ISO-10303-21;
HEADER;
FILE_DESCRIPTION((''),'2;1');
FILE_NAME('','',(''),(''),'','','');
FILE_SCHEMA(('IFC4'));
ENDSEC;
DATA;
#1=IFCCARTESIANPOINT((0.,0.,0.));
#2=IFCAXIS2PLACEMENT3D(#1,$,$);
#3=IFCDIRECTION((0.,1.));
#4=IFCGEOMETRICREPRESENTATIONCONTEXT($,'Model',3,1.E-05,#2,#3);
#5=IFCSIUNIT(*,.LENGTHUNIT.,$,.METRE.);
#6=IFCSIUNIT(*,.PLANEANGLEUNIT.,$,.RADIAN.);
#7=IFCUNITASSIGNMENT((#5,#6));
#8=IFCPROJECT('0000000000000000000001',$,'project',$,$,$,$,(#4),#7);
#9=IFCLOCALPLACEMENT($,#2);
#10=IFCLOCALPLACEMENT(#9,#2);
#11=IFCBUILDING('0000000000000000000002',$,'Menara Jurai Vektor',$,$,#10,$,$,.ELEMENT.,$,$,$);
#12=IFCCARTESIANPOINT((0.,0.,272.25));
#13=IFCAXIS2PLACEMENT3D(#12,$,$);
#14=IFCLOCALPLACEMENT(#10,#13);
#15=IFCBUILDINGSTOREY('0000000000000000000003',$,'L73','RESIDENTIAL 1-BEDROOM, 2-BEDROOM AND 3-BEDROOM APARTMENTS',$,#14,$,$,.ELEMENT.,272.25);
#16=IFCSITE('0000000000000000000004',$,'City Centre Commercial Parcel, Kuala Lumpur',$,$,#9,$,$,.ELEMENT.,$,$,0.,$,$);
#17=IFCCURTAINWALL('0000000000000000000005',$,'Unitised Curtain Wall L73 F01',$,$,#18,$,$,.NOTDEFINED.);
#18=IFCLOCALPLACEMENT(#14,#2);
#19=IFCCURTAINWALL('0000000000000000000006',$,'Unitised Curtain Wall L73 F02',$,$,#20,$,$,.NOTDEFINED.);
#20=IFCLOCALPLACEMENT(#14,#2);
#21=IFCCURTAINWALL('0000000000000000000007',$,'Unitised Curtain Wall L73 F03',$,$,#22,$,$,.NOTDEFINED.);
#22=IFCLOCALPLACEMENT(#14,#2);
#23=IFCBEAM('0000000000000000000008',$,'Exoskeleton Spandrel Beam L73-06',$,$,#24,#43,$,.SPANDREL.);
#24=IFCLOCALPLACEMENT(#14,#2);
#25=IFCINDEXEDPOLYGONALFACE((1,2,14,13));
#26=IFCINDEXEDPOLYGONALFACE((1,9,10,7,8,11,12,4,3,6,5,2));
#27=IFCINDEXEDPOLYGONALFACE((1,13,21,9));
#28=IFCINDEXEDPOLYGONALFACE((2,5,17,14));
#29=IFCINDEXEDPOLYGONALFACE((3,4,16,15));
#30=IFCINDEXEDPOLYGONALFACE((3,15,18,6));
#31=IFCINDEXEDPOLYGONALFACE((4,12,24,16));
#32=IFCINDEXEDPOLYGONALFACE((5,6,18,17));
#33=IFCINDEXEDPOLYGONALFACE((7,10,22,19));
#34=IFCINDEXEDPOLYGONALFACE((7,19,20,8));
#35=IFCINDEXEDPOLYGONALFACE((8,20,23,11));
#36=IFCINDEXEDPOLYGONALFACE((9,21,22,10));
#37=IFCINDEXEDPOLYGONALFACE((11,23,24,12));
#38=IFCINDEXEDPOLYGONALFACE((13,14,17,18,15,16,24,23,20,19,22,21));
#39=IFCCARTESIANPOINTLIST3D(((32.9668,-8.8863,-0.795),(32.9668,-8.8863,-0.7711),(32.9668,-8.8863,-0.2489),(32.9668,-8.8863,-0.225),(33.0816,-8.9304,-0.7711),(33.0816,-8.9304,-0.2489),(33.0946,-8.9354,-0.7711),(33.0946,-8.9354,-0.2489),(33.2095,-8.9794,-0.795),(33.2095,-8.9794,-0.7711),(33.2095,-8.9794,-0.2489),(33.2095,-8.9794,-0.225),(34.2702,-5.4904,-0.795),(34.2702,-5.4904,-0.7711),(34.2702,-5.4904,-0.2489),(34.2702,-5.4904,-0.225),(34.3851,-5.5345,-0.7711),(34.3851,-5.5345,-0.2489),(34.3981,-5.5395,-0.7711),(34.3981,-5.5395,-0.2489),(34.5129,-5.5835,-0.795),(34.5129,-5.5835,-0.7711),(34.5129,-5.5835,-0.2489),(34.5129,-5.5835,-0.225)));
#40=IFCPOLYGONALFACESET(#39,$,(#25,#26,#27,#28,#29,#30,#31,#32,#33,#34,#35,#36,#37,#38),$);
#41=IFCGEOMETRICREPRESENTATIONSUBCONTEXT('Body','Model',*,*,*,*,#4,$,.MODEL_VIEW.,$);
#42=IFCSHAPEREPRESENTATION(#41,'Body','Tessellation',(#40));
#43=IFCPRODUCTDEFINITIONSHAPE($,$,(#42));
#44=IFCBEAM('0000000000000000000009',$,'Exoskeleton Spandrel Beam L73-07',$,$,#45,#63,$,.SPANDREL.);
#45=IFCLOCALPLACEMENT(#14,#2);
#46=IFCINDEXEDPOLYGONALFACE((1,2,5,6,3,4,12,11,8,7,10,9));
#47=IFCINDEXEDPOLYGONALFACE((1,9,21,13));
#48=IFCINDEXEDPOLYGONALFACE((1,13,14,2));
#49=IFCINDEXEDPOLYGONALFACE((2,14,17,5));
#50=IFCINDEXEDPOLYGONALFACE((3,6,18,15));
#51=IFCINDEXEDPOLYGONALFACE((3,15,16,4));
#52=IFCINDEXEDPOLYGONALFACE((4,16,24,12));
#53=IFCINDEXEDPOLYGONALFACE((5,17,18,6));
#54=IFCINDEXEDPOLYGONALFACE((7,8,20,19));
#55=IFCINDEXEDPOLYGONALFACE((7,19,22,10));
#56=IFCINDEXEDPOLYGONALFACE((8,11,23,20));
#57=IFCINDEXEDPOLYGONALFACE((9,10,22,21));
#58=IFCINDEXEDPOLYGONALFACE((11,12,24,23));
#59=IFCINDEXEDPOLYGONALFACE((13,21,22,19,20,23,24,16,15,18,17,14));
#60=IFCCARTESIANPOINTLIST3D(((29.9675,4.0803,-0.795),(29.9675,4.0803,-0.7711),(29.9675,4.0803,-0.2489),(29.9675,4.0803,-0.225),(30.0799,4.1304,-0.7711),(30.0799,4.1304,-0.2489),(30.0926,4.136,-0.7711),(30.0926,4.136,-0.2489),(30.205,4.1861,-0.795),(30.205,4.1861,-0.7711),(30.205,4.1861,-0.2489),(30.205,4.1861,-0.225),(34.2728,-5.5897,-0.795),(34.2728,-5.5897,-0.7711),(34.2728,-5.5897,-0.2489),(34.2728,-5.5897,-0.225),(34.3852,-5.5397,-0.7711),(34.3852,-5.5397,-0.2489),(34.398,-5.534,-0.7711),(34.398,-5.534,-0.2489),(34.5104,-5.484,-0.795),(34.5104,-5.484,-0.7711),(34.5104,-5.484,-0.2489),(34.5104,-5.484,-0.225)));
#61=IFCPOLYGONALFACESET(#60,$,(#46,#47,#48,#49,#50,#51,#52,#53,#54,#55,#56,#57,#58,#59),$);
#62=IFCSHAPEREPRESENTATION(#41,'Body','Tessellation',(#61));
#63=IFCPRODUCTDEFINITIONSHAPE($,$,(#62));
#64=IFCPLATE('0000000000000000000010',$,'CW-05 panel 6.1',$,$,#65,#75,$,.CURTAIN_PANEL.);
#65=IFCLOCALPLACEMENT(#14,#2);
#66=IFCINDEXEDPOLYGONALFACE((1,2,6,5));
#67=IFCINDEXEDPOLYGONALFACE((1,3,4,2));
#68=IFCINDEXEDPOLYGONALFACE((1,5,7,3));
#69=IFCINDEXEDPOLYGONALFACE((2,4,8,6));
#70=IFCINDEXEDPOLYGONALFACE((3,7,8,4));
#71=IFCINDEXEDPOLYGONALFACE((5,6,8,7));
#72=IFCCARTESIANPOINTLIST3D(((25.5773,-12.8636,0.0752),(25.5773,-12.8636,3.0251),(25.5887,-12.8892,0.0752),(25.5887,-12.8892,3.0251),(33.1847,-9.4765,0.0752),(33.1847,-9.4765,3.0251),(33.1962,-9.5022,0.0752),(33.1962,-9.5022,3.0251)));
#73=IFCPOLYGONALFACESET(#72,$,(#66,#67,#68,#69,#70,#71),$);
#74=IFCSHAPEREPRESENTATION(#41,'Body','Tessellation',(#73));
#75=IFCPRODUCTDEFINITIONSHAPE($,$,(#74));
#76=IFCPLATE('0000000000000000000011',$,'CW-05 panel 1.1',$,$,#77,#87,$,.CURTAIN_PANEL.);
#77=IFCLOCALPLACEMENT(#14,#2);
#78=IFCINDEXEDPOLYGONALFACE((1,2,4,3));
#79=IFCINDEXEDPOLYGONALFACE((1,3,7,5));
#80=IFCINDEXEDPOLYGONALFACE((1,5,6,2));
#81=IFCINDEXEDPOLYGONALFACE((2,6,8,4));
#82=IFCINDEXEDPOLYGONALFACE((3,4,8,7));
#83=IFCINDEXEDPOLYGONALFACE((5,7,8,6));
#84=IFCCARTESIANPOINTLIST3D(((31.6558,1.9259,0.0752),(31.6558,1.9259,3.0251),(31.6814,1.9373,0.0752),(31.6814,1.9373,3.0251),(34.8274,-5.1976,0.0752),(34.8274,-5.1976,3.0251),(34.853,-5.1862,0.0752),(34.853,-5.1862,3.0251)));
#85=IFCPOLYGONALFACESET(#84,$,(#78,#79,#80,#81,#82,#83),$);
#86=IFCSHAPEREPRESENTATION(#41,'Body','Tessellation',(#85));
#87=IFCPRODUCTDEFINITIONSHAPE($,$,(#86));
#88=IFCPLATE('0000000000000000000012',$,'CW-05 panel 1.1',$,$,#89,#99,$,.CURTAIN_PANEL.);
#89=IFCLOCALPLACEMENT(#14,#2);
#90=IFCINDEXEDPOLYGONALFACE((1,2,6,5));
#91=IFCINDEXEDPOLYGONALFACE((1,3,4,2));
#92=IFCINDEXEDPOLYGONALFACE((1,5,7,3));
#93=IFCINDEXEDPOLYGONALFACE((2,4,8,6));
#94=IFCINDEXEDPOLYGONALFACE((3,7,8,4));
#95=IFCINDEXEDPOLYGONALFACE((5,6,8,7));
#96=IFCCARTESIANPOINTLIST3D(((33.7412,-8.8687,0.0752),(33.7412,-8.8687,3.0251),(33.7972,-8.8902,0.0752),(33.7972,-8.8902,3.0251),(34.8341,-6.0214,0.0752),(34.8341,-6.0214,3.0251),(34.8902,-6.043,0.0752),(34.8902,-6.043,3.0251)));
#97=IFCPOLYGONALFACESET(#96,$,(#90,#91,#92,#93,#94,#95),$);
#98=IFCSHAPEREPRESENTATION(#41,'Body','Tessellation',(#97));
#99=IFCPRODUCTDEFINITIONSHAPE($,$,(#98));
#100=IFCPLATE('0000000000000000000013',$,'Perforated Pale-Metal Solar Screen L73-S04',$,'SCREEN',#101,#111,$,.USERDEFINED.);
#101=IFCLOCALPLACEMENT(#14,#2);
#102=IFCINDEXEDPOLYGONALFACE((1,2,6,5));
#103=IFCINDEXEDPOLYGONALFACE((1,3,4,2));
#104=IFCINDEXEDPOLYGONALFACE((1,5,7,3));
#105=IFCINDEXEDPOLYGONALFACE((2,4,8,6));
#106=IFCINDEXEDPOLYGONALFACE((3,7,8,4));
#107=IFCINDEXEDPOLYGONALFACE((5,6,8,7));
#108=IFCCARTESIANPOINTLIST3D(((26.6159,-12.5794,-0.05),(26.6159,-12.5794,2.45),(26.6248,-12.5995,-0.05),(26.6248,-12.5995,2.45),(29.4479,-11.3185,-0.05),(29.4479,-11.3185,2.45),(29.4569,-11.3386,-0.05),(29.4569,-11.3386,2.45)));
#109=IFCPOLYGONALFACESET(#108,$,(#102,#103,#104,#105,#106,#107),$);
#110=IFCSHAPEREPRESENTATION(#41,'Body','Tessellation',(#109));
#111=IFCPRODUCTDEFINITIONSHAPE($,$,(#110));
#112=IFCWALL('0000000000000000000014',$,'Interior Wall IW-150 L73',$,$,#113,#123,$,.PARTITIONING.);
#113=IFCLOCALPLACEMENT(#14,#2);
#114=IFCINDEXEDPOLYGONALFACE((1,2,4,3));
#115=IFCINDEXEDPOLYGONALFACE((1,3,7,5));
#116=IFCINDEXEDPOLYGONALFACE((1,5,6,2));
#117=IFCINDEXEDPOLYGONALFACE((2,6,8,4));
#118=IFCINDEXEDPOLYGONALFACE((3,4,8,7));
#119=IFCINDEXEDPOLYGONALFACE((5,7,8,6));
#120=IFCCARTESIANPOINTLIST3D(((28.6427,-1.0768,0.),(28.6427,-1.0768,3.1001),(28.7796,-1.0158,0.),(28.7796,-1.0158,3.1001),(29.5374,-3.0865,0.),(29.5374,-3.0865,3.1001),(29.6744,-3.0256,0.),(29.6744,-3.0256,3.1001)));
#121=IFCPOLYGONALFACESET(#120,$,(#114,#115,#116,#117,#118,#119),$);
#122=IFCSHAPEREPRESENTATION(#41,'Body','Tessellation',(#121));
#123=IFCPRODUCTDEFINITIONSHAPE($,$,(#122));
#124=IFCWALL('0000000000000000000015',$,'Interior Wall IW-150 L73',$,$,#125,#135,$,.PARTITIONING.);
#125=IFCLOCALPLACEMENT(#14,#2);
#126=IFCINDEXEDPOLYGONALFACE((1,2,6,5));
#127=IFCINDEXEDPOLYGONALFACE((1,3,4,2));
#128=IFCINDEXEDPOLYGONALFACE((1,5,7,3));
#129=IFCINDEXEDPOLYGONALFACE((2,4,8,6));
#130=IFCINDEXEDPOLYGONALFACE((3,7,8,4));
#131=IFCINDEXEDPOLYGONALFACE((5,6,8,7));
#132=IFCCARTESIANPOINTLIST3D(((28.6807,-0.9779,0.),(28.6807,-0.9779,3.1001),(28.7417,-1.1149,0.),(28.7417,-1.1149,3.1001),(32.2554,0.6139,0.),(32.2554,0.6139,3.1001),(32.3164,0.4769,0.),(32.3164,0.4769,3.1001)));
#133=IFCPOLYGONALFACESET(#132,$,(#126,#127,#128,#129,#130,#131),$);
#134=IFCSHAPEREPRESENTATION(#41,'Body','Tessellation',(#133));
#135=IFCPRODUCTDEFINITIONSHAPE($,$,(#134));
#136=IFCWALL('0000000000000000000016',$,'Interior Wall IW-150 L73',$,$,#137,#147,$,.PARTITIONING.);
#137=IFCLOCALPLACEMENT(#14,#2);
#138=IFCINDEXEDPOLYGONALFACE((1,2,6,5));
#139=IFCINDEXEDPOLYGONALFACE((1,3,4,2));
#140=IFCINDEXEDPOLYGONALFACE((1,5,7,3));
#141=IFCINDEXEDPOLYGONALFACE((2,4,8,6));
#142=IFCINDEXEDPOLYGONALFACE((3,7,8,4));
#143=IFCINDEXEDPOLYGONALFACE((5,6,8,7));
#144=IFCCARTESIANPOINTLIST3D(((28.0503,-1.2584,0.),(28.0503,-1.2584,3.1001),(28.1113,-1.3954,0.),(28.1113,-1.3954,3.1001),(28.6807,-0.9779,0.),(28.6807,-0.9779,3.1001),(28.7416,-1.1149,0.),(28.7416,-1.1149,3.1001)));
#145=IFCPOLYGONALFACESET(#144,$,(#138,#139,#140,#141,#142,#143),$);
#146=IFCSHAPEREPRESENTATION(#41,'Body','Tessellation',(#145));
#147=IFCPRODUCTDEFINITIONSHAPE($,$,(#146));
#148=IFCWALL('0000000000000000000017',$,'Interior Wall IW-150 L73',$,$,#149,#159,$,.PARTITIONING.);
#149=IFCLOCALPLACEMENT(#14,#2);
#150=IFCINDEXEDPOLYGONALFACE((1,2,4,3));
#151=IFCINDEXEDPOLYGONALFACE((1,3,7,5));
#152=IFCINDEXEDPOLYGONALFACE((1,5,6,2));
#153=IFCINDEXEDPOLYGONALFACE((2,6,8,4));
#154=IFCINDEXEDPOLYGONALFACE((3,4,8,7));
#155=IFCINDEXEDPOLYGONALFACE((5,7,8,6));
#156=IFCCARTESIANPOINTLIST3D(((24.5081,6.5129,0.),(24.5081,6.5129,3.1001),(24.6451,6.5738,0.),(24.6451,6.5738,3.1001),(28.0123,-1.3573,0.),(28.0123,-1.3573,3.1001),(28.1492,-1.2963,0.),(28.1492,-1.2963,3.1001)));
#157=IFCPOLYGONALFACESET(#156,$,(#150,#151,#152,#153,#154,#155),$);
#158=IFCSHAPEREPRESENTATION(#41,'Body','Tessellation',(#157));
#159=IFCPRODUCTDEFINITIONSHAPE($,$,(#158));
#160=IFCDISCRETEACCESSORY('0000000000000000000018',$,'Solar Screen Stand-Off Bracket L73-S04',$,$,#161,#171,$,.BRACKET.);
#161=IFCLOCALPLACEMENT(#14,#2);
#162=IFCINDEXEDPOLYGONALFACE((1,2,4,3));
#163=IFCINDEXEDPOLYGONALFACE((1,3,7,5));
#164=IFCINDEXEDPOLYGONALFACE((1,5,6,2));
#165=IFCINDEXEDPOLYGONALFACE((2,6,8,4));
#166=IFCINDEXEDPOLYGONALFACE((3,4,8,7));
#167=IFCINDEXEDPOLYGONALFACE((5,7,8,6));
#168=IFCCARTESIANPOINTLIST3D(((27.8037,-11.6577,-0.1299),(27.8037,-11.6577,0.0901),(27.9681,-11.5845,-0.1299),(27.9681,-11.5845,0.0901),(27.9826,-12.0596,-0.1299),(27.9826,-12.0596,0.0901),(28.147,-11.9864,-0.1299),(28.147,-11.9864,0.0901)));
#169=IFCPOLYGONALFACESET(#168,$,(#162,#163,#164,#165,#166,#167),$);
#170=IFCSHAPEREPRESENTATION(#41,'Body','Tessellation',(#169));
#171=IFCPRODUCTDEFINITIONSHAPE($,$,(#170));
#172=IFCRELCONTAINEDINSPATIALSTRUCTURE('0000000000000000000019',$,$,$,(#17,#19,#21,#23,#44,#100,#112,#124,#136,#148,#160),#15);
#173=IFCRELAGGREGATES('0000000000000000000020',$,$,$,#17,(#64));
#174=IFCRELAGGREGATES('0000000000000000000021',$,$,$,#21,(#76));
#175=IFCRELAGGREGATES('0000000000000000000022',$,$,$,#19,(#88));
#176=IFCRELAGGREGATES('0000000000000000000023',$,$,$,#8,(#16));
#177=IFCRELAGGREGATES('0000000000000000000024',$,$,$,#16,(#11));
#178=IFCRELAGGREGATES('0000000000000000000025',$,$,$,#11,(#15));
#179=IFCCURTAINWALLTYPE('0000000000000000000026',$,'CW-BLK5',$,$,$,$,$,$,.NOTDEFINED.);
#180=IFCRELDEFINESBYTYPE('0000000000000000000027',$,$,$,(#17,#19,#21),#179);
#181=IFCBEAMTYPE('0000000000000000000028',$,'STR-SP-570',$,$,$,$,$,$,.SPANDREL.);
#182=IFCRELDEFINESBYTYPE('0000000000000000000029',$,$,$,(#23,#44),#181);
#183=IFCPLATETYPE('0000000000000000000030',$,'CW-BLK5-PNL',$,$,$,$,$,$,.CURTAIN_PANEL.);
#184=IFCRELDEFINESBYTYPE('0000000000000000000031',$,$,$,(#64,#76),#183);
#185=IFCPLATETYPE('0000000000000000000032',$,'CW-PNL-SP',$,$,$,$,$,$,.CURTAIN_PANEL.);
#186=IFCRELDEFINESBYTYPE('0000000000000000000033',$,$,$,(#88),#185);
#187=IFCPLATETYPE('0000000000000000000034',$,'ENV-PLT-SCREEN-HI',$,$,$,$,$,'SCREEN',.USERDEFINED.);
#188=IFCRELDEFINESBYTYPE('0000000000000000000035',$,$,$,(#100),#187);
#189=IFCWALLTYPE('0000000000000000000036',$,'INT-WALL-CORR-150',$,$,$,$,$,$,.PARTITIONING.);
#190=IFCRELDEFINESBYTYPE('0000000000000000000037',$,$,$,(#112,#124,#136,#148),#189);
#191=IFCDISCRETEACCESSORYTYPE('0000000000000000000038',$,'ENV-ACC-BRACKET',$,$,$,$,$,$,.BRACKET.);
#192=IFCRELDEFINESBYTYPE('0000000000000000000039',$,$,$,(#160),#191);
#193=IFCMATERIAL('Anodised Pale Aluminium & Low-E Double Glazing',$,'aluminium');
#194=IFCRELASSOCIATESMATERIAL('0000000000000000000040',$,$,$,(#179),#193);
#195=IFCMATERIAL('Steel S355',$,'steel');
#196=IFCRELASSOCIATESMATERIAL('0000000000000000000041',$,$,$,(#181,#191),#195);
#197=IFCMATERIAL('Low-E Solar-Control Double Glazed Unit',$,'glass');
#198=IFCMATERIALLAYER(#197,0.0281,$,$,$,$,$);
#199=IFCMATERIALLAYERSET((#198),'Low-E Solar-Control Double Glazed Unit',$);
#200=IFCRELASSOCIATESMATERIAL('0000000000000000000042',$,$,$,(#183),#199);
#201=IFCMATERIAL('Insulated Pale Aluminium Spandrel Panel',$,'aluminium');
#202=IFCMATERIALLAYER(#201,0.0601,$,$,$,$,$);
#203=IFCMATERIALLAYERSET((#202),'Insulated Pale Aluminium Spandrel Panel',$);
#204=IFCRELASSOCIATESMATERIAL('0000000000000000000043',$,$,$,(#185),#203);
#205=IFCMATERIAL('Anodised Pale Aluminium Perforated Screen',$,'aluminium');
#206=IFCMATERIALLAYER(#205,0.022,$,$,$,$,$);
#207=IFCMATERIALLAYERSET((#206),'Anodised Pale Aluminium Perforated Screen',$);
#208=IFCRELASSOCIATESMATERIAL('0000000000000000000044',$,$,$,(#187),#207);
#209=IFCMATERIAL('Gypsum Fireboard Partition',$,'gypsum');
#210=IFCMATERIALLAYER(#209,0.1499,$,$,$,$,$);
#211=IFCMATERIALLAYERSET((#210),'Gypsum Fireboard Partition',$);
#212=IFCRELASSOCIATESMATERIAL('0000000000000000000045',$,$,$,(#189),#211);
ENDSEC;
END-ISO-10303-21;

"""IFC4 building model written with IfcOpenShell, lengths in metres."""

from ifc_helpers import new_model, si_unit, direction, frame, frame_2d, origin, origin_2d, place, context, subcontext, project, spatial, rectangle, i_section, extrude, material, layer, layer_set, material_profile, profile_set, type_object, element, aggregate, save


model = new_model("IFC4")

# Units and contexts
model_context = context("Model", 3, precision=1e-05, world=origin(), true_north=direction((0.0, 1.0)))
body_context = subcontext(model_context, "Body", "Model", "MODEL_VIEW")
ifc_project = project(units=[si_unit("LENGTHUNIT", "METRE"), si_unit("PLANEANGLEUNIT", "RADIAN")], contexts=[model_context])

# Site, building, storey
site_placement = place(None, origin())
site = spatial("IfcSite", under=ifc_project, at=site_placement, Name="City Centre Commercial Parcel, Kuala Lumpur", CompositionType="ELEMENT", RefElevation=0.0)
building_placement = place(site_placement, origin())
building = spatial("IfcBuilding", under=site, at=building_placement, Name="Menara Jurai Vektor", CompositionType="ELEMENT")
storey_placement = place(building_placement, frame((0.0, 0.0, 272.25)))
storey = spatial("IfcBuildingStorey", under=building, at=storey_placement, Name="L73", Description="RESIDENTIAL 1-BEDROOM, 2-BEDROOM AND 3-BEDROOM APARTMENTS", CompositionType="ELEMENT", Elevation=272.25)

# Curtain wall
ifc_material_1 = material(Name="Anodised Pale Aluminium & Low-E Double Glazing", Category="aluminium")
curtain_wall_type = type_object("IfcCurtainWallType", Name="CW-BLK5", PredefinedType="NOTDEFINED", material=ifc_material_1)
curtain_wall_1_placement = place(storey_placement, origin())
curtain_wall_1 = element("IfcCurtainWall", 1, at=curtain_wall_1_placement, inside=storey, type_object=curtain_wall_type, Name="Unitised Curtain Wall L73 F01", PredefinedType="NOTDEFINED")

# Curtain wall
curtain_wall_2_placement = place(storey_placement, origin())
curtain_wall_2 = element("IfcCurtainWall", 2, at=curtain_wall_2_placement, inside=storey, type_object=curtain_wall_type, Name="Unitised Curtain Wall L73 F02", PredefinedType="NOTDEFINED")

# Curtain wall
curtain_wall_3_placement = place(storey_placement, origin())
curtain_wall_3 = element("IfcCurtainWall", 3, at=curtain_wall_3_placement, inside=storey, type_object=curtain_wall_type, Name="Unitised Curtain Wall L73 F03", PredefinedType="NOTDEFINED")

# Shared definitions
ifc_material_2 = material(Name="Steel S355", Category="steel")

# Beams
ifc_material_profile_1 = material_profile(ifc_material_2, i_section(OverallWidth=0.26, OverallDepth=0.5701, WebThickness=0.0139, FlangeThickness=0.0239, at=origin_2d()), Name="PG 570x260x145")
ifc_profile_set_1 = profile_set([ifc_material_profile_1], Name="Steel S355")
beam_type_1 = type_object("IfcBeamType", Name="STR-SP-570", PredefinedType="SPANDREL", material=ifc_profile_set_1)
beam_1_placement = place(storey_placement, frame((33.0881, -8.9329, -0.51), z_axis=(0.358336, 0.933593, 0.0), x_axis=(-0.933593, 0.358336, 0.0)))
element("IfcBeam", 4, at=beam_1_placement, inside=storey, type_object=beam_type_1, Name="Exoskeleton Spandrel Beam L73-06", PredefinedType="SPANDREL", context=body_context, shape_type="SweptSolid", body=[
    extrude(i_section(OverallWidth=0.26, OverallDepth=0.5701, WebThickness=0.0139, FlangeThickness=0.0239, at=origin_2d()), origin(), (0.0, 0.0, 1.0), 3.6375),
])
beam_2_placement = place(storey_placement, frame((34.3916, -5.5369, -0.51), z_axis=(-0.406735, 0.913546, 0.0), x_axis=(-0.913546, -0.406735, 0.0)))
element("IfcBeam", 5, at=beam_2_placement, inside=storey, type_object=beam_type_1, Name="Exoskeleton Spandrel Beam L73-07", PredefinedType="SPANDREL", context=body_context, shape_type="SweptSolid", body=[
    extrude(i_section(OverallWidth=0.26, OverallDepth=0.5701, WebThickness=0.0139, FlangeThickness=0.0239, at=origin_2d()), origin(), (0.0, 0.0, 1.0), 10.5852),
])

# Plates
ifc_material_3 = material(Name="Low-E Solar-Control Double Glazed Unit", Category="glass")
ifc_layer_1 = layer(ifc_material_3, 0.0281)
ifc_layer_set_1 = layer_set([ifc_layer_1], Name="Low-E Solar-Control Double Glazed Unit")
plate_type_1 = type_object("IfcPlateType", Name="CW-BLK5-PNL", PredefinedType="CURTAIN_PANEL", material=ifc_layer_set_1)
plate_1_placement = place(storey_placement, frame((29.3867, -11.1829, 0.0752), z_axis=(0.0, 0.0, 1.0), x_axis=(0.913546, 0.406735, 0.0)))
plate_1 = element("IfcPlate", 6, at=plate_1_placement, type_object=plate_type_1, Name="CW-05 panel 6.1", PredefinedType="CURTAIN_PANEL", context=body_context, shape_type="SweptSolid", body=[
    extrude(rectangle(XDim=8.3274, YDim=0.0281, at=origin_2d()), origin(), (0.0, 0.0, 1.0), 2.95),
])
aggregate(curtain_wall_1, [plate_1])
plate_2_placement = place(storey_placement, frame((33.2544, -1.6301, 0.0752), z_axis=(0.0, 0.0, 1.0), x_axis=(-0.406735, 0.913546, 0.0)))
plate_2 = element("IfcPlate", 7, at=plate_2_placement, type_object=plate_type_1, Name="CW-05 panel 1.1", PredefinedType="CURTAIN_PANEL", context=body_context, shape_type="SweptSolid", body=[
    extrude(rectangle(XDim=7.7976, YDim=0.0281, at=origin_2d()), origin(), (0.0, 0.0, 1.0), 2.95),
])
aggregate(curtain_wall_3, [plate_2])
ifc_material_4 = material(Name="Insulated Pale Aluminium Spandrel Panel", Category="aluminium")
ifc_layer_2 = layer(ifc_material_4, 0.0601)
ifc_layer_set_2 = layer_set([ifc_layer_2], Name="Insulated Pale Aluminium Spandrel Panel")
plate_type_2 = type_object("IfcPlateType", Name="CW-PNL-SP", PredefinedType="CURTAIN_PANEL", material=ifc_layer_set_2)
plate_3_placement = place(storey_placement, frame((34.3157, -7.4558, 0.0752), z_axis=(0.0, 0.0, 1.0), x_axis=(0.358374, 0.933578, 0.0)))
plate_3 = element("IfcPlate", 8, at=plate_3_placement, type_object=plate_type_2, Name="CW-05 panel 1.1", PredefinedType="CURTAIN_PANEL", context=body_context, shape_type="SweptSolid", body=[
    extrude(rectangle(XDim=3.0498, YDim=0.0601, at=origin_2d()), origin(), (0.0, 0.0, 1.0), 2.95),
])
aggregate(curtain_wall_2, [plate_3])
ifc_material_5 = material(Name="Anodised Pale Aluminium Perforated Screen", Category="aluminium")
ifc_layer_3 = layer(ifc_material_5, 0.022)
ifc_layer_set_3 = layer_set([ifc_layer_3], Name="Anodised Pale Aluminium Perforated Screen")
plate_type_3 = type_object("IfcPlateType", Name="ENV-PLT-SCREEN-HI", ElementType="SCREEN", PredefinedType="USERDEFINED", material=ifc_layer_set_3)
plate_4_placement = place(storey_placement, frame((28.0364, -11.959, -0.05), z_axis=(0.0, 0.0, 1.0), x_axis=(0.913545, 0.406737, 0.0)))
element("IfcPlate", 9, at=plate_4_placement, inside=storey, type_object=plate_type_3, Name="Perforated Pale-Metal Solar Screen L73-S04", ObjectType="SCREEN", PredefinedType="USERDEFINED", context=body_context, shape_type="SweptSolid", body=[
    extrude(rectangle(XDim=3.1001, YDim=0.022, at=origin_2d()), origin(), (0.0, 0.0, 1.0), 2.5),
])

# Walls
ifc_material_6 = material(Name="Gypsum Fireboard Partition", Category="gypsum")
ifc_layer_4 = layer(ifc_material_6, 0.1499)
ifc_layer_set_4 = layer_set([ifc_layer_4], Name="Gypsum Fireboard Partition")
wall_type = type_object("IfcWallType", Name="INT-WALL-CORR-150", PredefinedType="PARTITIONING", material=ifc_layer_set_4)
wall_1_placement = place(storey_placement, frame((29.606, -3.0562, 0.0), z_axis=(0.0, 0.0, 1.0), x_axis=(-0.406725, 0.913551, 0.0)))
element("IfcWall", 10, at=wall_1_placement, inside=storey, type_object=wall_type, Name="Interior Wall IW-150 L73", PredefinedType="PARTITIONING", context=body_context, shape_type="SweptSolid", body=[
    extrude(rectangle(XDim=2.2, YDim=0.1499, at=frame_2d((1.1001, 0.0))), origin(), (0.0, 0.0, 1.0), 3.1001),
])
wall_2_placement = place(storey_placement, frame((28.7112, -1.0464, 0.0), z_axis=(0.0, 0.0, 1.0), x_axis=(0.913523, 0.406787, 0.0)))
element("IfcWall", 11, at=wall_2_placement, inside=storey, type_object=wall_type, Name="Interior Wall IW-150 L73", PredefinedType="PARTITIONING", context=body_context, shape_type="SweptSolid", body=[
    extrude(rectangle(XDim=3.9131, YDim=0.1499, at=frame_2d((1.9565, 0.0))), origin(), (0.0, 0.0, 1.0), 3.1001),
])
wall_3_placement = place(storey_placement, frame((28.0808, -1.3269, 0.0), z_axis=(0.0, 0.0, 1.0), x_axis=(0.913622, 0.406565, 0.0)))
element("IfcWall", 12, at=wall_3_placement, inside=storey, type_object=wall_type, Name="Interior Wall IW-150 L73", PredefinedType="PARTITIONING", context=body_context, shape_type="SweptSolid", body=[
    extrude(rectangle(XDim=0.6899, YDim=0.1499, at=frame_2d((0.345, 0.0))), origin(), (0.0, 0.0, 1.0), 3.1001),
])
wall_4_placement = place(storey_placement, frame((28.0808, -1.3269, 0.0), z_axis=(0.0, 0.0, 1.0), x_axis=(-0.406751, 0.913539, 0.0)))
element("IfcWall", 13, at=wall_4_placement, inside=storey, type_object=wall_type, Name="Interior Wall IW-150 L73", PredefinedType="PARTITIONING", context=body_context, shape_type="SweptSolid", body=[
    extrude(rectangle(XDim=8.615, YDim=0.1499, at=frame_2d((4.3076, 0.0))), origin(), (0.0, 0.0, 1.0), 3.1001),
])

# Discrete accessory
discrete_accessory_type = type_object("IfcDiscreteAccessoryType", Name="ENV-ACC-BRACKET", PredefinedType="BRACKET", material=ifc_material_2)
discrete_accessory_placement = place(storey_placement, frame((27.9753, -11.822, -0.1299), z_axis=(0.0, 0.0, 1.0), x_axis=(0.913545, 0.406737, 0.0)))
element("IfcDiscreteAccessory", 14, at=discrete_accessory_placement, inside=storey, type_object=discrete_accessory_type, Name="Solar Screen Stand-Off Bracket L73-S04", PredefinedType="BRACKET", context=body_context, shape_type="SweptSolid", body=[
    extrude(rectangle(XDim=0.1799, YDim=0.4399, at=origin_2d()), origin(), (0.0, 0.0, 1.0), 0.22),
])

save(model, "model.ifc")
